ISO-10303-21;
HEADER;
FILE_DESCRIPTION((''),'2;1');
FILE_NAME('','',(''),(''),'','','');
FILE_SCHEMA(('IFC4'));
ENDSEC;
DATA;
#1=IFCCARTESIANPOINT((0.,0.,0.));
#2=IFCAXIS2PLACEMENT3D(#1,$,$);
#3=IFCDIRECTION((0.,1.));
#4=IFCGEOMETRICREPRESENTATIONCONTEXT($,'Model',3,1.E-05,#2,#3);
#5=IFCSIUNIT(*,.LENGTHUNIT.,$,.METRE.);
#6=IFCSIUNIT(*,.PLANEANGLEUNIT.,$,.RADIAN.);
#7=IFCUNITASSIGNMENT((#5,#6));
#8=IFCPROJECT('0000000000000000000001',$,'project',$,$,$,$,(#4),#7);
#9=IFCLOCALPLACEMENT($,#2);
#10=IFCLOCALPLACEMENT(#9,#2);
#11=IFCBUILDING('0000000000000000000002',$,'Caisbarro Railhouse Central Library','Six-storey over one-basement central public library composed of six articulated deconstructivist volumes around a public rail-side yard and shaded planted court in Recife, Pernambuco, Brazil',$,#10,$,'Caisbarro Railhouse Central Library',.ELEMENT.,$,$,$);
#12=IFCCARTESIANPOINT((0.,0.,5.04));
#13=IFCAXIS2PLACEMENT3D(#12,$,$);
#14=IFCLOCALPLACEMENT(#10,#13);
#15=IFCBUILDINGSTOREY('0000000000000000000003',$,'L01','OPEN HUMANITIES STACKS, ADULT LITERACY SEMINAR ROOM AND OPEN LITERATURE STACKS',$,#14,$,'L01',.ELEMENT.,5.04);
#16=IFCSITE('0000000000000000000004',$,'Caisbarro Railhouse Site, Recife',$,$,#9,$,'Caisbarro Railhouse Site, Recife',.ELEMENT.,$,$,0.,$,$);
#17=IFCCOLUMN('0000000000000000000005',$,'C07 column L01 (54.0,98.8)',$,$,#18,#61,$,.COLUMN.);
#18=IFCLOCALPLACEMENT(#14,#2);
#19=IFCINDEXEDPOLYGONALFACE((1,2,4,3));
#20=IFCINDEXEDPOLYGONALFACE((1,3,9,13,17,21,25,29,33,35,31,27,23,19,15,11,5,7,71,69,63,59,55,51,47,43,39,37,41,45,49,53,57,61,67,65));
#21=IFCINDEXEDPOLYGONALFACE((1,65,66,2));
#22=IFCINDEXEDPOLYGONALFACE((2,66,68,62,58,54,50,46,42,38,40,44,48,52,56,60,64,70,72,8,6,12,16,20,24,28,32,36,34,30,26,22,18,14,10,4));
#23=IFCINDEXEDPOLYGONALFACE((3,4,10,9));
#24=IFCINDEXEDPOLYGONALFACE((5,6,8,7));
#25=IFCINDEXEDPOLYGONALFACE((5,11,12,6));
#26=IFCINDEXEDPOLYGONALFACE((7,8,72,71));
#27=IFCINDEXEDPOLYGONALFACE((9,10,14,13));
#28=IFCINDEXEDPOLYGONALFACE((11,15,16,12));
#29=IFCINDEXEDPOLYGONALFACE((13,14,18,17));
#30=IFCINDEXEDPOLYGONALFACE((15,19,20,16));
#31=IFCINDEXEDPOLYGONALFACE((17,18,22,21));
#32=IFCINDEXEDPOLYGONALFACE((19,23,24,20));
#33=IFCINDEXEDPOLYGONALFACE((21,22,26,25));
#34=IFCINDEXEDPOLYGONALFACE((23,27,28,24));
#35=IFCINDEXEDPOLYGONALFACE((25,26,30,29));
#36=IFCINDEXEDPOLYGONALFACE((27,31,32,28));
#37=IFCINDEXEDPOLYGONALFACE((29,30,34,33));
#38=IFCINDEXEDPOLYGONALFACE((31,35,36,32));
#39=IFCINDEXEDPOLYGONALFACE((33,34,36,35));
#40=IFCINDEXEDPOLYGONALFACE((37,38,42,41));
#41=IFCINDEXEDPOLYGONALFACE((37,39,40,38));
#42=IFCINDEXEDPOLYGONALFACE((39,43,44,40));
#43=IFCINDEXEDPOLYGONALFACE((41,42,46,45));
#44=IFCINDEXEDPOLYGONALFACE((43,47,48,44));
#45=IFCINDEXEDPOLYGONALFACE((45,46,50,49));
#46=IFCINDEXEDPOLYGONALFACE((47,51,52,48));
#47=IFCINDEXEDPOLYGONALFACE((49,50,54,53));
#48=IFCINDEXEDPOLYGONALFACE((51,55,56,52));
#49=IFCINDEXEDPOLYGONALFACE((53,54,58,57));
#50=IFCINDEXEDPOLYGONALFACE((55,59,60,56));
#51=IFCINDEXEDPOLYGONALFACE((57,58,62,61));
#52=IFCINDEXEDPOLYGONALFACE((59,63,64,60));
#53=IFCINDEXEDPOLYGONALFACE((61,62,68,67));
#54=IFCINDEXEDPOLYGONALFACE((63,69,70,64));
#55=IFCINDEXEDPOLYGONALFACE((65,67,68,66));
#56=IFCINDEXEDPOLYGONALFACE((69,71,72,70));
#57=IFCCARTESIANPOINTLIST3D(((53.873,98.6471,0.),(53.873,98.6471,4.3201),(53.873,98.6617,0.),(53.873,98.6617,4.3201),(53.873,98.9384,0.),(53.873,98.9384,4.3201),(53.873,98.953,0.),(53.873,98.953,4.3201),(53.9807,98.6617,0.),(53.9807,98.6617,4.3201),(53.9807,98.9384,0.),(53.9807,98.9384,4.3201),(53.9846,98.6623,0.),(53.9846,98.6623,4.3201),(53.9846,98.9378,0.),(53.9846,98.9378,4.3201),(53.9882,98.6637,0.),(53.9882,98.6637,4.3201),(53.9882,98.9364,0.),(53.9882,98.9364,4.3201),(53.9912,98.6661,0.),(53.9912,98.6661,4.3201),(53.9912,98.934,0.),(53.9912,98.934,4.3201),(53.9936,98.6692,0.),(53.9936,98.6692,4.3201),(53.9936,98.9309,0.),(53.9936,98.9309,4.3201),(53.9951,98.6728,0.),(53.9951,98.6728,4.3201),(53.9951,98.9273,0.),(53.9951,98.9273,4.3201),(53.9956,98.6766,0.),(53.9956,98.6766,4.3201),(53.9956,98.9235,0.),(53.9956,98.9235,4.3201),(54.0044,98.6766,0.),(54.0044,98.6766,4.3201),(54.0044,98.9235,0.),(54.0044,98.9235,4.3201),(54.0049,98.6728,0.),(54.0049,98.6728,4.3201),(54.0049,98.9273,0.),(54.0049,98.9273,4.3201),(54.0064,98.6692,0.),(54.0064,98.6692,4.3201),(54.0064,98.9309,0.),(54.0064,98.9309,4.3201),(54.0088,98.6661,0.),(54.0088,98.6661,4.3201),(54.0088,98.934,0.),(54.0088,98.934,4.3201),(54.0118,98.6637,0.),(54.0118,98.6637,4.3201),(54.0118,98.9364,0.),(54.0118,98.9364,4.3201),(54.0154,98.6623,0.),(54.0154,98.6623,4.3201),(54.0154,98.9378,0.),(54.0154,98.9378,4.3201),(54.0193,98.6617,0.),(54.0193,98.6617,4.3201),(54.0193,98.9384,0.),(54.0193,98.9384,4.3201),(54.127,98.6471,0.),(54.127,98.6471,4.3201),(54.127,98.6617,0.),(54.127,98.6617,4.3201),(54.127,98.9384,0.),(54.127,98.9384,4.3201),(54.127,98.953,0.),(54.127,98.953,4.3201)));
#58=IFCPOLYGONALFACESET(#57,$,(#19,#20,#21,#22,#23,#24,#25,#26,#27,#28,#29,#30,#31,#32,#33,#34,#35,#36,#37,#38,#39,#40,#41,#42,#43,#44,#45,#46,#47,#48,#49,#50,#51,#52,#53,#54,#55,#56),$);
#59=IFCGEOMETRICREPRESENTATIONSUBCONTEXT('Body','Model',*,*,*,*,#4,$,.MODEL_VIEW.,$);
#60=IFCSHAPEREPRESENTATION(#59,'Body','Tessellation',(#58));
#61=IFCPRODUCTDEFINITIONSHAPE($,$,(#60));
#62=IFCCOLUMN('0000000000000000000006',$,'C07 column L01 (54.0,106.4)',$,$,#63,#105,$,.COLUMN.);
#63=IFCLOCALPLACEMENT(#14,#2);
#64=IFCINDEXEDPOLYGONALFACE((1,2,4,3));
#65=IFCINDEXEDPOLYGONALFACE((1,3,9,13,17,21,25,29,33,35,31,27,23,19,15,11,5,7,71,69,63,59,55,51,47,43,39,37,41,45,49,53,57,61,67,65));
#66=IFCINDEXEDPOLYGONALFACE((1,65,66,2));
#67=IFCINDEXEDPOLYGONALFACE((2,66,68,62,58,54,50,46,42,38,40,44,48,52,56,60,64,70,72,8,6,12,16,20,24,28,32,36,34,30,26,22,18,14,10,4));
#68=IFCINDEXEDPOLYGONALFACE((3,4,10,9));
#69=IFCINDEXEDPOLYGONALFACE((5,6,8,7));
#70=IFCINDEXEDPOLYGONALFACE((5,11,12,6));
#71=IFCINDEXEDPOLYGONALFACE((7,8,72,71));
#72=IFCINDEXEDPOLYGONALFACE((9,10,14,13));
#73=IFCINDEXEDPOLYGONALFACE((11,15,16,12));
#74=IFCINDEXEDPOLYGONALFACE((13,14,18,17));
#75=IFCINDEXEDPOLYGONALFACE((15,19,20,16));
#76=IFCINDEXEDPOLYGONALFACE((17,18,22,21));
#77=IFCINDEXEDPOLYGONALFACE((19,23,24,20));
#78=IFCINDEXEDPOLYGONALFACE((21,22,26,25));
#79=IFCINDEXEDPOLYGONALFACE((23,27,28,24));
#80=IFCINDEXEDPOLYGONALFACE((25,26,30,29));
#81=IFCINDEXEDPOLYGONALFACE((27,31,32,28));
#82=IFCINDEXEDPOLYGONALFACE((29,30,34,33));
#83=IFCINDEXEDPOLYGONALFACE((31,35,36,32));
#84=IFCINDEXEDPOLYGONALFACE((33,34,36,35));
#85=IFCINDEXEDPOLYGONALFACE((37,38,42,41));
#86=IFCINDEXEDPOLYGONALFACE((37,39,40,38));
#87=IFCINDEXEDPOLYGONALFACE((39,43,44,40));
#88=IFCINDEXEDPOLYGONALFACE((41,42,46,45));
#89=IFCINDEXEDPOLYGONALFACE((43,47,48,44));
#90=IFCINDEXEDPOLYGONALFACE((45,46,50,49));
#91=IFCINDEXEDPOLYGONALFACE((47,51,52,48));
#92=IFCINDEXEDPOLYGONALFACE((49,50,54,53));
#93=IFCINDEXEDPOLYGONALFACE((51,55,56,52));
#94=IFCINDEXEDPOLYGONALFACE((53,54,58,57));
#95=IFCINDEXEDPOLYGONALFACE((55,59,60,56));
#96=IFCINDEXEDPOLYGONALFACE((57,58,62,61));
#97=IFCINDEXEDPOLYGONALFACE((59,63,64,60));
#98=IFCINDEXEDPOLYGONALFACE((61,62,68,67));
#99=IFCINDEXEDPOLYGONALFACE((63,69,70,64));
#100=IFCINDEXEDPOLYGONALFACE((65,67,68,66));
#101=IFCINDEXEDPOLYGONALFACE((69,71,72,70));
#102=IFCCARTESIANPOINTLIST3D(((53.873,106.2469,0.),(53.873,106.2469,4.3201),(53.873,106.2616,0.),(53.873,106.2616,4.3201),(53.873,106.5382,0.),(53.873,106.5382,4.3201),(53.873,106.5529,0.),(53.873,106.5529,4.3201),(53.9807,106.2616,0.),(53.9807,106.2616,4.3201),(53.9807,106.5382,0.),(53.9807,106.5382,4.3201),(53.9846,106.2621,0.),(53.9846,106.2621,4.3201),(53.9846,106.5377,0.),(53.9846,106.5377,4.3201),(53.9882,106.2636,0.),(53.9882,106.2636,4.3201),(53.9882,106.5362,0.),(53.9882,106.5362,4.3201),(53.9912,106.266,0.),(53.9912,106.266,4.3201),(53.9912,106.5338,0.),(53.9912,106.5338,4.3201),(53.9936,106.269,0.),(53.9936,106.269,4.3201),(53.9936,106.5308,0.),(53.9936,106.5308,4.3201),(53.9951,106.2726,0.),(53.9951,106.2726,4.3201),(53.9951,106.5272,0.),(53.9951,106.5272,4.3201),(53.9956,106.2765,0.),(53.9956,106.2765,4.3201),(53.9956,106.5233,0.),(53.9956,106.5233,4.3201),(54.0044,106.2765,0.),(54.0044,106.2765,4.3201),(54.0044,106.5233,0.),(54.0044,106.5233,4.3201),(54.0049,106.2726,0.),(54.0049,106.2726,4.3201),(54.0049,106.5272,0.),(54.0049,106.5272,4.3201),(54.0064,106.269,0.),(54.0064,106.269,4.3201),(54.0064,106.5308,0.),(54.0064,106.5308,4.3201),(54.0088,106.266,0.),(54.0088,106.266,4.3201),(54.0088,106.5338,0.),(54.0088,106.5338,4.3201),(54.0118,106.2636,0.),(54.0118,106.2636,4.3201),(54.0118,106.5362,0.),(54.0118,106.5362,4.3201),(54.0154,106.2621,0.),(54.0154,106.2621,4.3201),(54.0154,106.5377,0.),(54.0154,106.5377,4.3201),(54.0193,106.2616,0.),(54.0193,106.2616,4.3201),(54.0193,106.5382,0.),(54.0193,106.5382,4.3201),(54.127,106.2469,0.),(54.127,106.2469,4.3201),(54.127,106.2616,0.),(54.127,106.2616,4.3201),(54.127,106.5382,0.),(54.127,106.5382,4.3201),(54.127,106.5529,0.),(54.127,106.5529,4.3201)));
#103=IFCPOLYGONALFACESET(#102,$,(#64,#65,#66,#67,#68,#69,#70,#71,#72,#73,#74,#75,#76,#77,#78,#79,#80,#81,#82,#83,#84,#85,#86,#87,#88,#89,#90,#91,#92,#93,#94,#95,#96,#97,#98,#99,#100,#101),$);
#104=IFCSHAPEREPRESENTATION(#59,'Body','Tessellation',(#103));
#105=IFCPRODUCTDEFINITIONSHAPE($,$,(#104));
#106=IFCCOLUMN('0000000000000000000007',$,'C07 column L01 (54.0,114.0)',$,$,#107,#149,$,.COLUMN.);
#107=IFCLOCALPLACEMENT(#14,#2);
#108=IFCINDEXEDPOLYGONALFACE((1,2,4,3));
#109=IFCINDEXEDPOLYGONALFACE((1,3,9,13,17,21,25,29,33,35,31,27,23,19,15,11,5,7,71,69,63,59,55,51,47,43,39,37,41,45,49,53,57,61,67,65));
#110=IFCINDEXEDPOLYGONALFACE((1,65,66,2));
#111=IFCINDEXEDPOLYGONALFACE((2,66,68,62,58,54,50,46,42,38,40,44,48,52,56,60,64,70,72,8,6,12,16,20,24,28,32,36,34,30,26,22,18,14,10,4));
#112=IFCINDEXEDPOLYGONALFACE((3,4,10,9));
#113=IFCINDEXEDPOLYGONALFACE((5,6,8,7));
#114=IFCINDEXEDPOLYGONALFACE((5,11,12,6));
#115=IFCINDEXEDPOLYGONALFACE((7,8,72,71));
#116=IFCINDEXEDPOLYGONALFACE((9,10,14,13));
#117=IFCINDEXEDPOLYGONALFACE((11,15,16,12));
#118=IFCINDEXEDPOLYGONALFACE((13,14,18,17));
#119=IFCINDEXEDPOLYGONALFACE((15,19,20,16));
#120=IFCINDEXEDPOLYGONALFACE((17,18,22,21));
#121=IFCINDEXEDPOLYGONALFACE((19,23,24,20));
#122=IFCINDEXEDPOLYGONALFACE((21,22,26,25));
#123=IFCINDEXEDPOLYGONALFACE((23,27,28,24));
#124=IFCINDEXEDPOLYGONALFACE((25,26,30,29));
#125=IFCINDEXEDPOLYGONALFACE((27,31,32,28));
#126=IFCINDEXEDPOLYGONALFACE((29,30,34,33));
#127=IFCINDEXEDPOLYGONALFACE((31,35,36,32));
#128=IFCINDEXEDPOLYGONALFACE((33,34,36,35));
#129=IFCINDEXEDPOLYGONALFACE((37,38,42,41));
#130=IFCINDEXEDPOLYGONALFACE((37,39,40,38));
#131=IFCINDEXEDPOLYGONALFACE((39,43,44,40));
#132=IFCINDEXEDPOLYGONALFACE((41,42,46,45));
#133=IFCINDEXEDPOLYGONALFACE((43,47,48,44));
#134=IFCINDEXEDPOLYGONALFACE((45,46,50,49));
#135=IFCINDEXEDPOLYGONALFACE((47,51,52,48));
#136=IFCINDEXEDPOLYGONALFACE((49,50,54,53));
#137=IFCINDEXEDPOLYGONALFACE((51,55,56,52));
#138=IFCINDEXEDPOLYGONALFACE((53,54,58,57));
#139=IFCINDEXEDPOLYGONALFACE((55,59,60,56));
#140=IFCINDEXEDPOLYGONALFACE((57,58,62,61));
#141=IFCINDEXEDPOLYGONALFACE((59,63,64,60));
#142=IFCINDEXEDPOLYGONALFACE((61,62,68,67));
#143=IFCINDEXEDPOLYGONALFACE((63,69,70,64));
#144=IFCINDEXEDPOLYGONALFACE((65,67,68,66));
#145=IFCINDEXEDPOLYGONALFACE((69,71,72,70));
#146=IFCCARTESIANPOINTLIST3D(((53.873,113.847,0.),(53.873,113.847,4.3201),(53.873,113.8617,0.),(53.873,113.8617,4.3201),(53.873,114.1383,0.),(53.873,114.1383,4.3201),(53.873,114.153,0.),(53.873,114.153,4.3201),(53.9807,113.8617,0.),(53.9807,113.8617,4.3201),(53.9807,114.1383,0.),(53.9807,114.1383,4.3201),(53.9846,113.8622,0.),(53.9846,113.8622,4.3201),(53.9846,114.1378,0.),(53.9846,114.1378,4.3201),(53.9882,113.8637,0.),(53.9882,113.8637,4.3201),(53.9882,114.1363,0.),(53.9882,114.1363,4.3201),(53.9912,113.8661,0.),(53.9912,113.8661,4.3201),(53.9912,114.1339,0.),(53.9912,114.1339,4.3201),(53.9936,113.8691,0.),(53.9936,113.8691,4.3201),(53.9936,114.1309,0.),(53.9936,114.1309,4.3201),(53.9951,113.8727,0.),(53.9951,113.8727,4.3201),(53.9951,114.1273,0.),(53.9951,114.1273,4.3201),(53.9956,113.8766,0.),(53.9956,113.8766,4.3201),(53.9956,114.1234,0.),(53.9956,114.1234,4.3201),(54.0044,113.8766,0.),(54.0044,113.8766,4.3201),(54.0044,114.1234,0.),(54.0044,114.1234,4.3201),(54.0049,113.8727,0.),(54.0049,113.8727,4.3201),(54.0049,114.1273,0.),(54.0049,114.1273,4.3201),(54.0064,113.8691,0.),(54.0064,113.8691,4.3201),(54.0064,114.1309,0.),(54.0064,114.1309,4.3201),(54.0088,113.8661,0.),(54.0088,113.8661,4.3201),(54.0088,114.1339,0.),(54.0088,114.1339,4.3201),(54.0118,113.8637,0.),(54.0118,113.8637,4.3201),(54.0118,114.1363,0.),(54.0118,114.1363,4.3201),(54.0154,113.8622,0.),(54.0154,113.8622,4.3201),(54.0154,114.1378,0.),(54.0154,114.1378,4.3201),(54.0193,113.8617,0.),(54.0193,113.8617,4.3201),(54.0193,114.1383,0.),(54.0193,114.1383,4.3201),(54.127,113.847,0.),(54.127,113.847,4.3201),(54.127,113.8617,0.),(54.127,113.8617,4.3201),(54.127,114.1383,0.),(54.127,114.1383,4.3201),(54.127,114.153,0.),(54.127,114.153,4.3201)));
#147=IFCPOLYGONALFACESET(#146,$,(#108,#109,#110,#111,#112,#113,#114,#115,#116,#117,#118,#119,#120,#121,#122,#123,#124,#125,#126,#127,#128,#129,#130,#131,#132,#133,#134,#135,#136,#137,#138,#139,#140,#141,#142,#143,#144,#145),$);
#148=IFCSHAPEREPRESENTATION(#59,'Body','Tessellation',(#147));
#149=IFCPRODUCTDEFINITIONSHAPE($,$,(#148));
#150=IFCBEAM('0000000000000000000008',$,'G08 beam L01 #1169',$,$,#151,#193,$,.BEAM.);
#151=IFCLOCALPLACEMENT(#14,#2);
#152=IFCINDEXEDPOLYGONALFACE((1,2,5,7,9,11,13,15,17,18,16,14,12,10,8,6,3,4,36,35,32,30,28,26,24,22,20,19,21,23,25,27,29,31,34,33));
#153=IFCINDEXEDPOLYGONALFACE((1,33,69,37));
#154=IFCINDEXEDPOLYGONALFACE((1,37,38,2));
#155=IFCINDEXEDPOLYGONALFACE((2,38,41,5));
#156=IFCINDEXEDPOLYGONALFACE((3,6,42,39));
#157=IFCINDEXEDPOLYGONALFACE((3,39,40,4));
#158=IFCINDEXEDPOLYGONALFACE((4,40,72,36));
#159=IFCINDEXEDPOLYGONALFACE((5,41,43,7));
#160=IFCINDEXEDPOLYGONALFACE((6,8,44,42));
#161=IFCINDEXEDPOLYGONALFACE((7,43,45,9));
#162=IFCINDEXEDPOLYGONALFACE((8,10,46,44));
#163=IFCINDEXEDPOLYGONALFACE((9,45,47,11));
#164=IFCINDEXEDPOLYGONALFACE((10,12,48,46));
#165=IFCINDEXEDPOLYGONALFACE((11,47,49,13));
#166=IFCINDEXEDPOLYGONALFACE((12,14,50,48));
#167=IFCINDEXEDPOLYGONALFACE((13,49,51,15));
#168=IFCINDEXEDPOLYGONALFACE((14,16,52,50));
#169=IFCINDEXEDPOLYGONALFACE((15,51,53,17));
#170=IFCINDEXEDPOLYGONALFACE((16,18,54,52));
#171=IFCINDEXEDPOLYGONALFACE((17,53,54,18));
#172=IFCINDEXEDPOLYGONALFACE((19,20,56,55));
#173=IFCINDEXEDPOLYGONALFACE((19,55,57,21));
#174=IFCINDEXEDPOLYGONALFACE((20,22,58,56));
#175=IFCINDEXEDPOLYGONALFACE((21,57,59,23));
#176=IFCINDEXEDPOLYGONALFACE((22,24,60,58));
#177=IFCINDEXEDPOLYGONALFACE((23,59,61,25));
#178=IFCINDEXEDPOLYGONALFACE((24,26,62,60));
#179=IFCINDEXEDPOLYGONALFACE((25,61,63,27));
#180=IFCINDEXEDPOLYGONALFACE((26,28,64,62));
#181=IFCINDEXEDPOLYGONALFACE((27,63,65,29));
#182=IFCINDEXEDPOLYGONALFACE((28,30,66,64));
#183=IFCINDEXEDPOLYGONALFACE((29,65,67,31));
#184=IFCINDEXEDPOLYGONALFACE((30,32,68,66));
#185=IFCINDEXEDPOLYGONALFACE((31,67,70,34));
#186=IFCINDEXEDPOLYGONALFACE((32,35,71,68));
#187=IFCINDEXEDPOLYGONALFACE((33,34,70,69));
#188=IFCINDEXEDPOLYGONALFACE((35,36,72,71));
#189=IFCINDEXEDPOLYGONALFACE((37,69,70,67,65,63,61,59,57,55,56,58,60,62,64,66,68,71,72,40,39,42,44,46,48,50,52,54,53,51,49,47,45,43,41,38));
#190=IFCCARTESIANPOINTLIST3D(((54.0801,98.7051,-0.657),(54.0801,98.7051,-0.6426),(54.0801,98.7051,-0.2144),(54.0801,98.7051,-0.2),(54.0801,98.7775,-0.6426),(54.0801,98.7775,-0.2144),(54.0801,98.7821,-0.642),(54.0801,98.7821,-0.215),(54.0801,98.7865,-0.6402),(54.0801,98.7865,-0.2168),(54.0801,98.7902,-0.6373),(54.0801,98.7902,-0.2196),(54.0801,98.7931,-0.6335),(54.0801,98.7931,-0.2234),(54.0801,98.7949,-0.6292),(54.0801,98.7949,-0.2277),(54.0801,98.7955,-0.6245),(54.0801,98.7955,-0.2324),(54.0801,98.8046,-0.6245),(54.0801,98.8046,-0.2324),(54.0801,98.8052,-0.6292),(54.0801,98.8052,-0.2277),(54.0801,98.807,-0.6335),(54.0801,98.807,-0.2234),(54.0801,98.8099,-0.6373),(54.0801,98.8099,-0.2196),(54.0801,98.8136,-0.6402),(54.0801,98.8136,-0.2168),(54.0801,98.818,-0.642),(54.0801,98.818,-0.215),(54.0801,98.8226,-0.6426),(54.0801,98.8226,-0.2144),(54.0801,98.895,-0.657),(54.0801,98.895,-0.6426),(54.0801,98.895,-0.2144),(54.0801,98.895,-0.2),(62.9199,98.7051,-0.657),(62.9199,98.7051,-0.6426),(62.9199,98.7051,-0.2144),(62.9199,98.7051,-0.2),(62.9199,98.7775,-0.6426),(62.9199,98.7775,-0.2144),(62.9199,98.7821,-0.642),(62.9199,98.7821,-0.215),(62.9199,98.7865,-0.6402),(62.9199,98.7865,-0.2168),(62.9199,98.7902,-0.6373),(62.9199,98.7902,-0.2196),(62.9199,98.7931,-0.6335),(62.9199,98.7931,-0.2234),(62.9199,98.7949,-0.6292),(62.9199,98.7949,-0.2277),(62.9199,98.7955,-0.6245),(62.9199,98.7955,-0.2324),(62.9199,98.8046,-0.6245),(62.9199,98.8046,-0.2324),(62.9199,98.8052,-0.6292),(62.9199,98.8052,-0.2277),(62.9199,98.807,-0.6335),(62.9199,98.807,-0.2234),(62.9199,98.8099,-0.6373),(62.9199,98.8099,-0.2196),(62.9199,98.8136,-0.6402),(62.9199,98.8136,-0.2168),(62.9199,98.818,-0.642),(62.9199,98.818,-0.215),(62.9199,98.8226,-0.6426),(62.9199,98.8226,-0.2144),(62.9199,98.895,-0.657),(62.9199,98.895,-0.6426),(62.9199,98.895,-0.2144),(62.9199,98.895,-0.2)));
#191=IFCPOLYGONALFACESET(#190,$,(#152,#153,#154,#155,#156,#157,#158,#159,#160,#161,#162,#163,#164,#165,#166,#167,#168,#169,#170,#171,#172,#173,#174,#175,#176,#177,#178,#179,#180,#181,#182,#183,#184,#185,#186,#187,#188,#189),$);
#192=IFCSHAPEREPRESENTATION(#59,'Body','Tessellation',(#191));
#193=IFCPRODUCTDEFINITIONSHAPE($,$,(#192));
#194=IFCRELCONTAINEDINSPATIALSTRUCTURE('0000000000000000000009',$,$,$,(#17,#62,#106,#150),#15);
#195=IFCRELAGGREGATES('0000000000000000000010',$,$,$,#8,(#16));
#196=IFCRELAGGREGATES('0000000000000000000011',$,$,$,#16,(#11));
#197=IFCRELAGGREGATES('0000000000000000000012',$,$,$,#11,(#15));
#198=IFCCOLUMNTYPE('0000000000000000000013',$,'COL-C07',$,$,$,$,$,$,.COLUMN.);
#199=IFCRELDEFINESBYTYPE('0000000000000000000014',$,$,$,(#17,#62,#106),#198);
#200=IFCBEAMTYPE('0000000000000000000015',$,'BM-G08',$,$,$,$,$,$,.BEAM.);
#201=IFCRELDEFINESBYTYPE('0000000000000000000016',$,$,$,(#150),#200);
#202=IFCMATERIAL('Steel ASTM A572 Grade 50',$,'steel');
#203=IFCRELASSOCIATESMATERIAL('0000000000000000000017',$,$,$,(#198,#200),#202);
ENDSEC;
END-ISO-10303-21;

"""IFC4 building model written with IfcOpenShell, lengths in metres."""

from ifc_helpers import new_model, si_unit, direction, frame, origin, origin_2d, place, context, subcontext, project, spatial, i_section, extrude, material, material_profile, profile_set, type_object, element, save


model = new_model("IFC4")

# Units and contexts
model_context = context("Model", 3, precision=1e-05, world=origin(), true_north=direction((0.0, 1.0)))
body_context = subcontext(model_context, "Body", "Model", "MODEL_VIEW")
ifc_project = project(units=[si_unit("LENGTHUNIT", "METRE"), si_unit("PLANEANGLEUNIT", "RADIAN")], contexts=[model_context])

# Site, building, storey
site_placement = place(None, origin())
site = spatial("IfcSite", under=ifc_project, at=site_placement, Name="Caisbarro Railhouse Site, Recife", LongName="Caisbarro Railhouse Site, Recife", CompositionType="ELEMENT", RefElevation=0.0)
building_placement = place(site_placement, origin())
building = spatial("IfcBuilding", under=site, at=building_placement, Name="Caisbarro Railhouse Central Library", Description="Six-storey over one-basement central public library composed of six articulated deconstructivist volumes around a public rail-side yard and shaded planted court in Recife, Pernambuco, Brazil", LongName="Caisbarro Railhouse Central Library", CompositionType="ELEMENT")
storey_placement = place(building_placement, frame((0.0, 0.0, 5.04)))
storey = spatial("IfcBuildingStorey", under=building, at=storey_placement, Name="L01", Description="OPEN HUMANITIES STACKS, ADULT LITERACY SEMINAR ROOM AND OPEN LITERATURE STACKS", LongName="L01", CompositionType="ELEMENT", Elevation=5.04)

# Columns
ifc_material_1 = material(Name="Steel ASTM A572 Grade 50", Category="steel")
ifc_material_profile_1 = material_profile(ifc_material_1, i_section(OverallWidth=0.2539, OverallDepth=0.3059, WebThickness=0.0088, FlangeThickness=0.0146, FilletRadius=0.0149, at=origin_2d()), Name="W310X79.0")
ifc_profile_set_1 = profile_set([ifc_material_profile_1], Name="Steel ASTM A572 Grade 50")
column_type = type_object("IfcColumnType", Name="COL-C07", PredefinedType="COLUMN", material=ifc_profile_set_1)
for number, where, z_axis, x_axis, name in (
    (1, (54.0, 98.8, 0.0), (0.0, 0.0, 1.0), (1.0, 0.0, 0.0), "C07 column L01 (54.0,98.8)"),
    (2, (54.0, 106.3999, 0.0), (0.0, 0.0, 1.0), (1.0, 0.0, 0.0), "C07 column L01 (54.0,106.4)"),
    (3, (54.0, 114.0, 0.0), (0.0, 0.0, 1.0), (1.0, 0.0, 0.0), "C07 column L01 (54.0,114.0)"),
):
    element("IfcColumn", number, at=place(storey_placement, frame(where, z_axis=z_axis, x_axis=x_axis)), inside=storey, type_object=column_type, Name=name, PredefinedType="COLUMN", context=body_context, shape_type="SweptSolid", body=[
        extrude(i_section(OverallWidth=0.2539, OverallDepth=0.3059, WebThickness=0.0088, FlangeThickness=0.0146, FilletRadius=0.0149, at=origin_2d()), origin(), (0.0, 0.0, 1.0), 4.3201),
    ])

# Beam
ifc_material_profile_2 = material_profile(ifc_material_1, i_section(OverallWidth=0.1899, OverallDepth=0.457, WebThickness=0.009, FlangeThickness=0.0144, FilletRadius=0.0181, at=origin_2d()), Name="W460X74.0")
ifc_profile_set_2 = profile_set([ifc_material_profile_2], Name="Steel ASTM A572 Grade 50")
beam_type_1 = type_object("IfcBeamType", Name="BM-G08", PredefinedType="BEAM", material=ifc_profile_set_2)
for number, where, z_axis, x_axis, name in (
    (4, (54.0801, 98.8, -0.4285), (1.0, 0.0, 0.0), (0.0, 1.0, 0.0), "G08 beam L01 #1169"),
):
    element("IfcBeam", number, at=place(storey_placement, frame(where, z_axis=z_axis, x_axis=x_axis)), inside=storey, type_object=beam_type_1, Name=name, PredefinedType="BEAM", context=body_context, shape_type="SweptSolid", body=[
        extrude(i_section(OverallWidth=0.1899, OverallDepth=0.457, WebThickness=0.009, FlangeThickness=0.0144, FilletRadius=0.0181, at=origin_2d()), origin(), (0.0, 0.0, 1.0), 8.8398),
    ])

save(model, "model.ifc")
